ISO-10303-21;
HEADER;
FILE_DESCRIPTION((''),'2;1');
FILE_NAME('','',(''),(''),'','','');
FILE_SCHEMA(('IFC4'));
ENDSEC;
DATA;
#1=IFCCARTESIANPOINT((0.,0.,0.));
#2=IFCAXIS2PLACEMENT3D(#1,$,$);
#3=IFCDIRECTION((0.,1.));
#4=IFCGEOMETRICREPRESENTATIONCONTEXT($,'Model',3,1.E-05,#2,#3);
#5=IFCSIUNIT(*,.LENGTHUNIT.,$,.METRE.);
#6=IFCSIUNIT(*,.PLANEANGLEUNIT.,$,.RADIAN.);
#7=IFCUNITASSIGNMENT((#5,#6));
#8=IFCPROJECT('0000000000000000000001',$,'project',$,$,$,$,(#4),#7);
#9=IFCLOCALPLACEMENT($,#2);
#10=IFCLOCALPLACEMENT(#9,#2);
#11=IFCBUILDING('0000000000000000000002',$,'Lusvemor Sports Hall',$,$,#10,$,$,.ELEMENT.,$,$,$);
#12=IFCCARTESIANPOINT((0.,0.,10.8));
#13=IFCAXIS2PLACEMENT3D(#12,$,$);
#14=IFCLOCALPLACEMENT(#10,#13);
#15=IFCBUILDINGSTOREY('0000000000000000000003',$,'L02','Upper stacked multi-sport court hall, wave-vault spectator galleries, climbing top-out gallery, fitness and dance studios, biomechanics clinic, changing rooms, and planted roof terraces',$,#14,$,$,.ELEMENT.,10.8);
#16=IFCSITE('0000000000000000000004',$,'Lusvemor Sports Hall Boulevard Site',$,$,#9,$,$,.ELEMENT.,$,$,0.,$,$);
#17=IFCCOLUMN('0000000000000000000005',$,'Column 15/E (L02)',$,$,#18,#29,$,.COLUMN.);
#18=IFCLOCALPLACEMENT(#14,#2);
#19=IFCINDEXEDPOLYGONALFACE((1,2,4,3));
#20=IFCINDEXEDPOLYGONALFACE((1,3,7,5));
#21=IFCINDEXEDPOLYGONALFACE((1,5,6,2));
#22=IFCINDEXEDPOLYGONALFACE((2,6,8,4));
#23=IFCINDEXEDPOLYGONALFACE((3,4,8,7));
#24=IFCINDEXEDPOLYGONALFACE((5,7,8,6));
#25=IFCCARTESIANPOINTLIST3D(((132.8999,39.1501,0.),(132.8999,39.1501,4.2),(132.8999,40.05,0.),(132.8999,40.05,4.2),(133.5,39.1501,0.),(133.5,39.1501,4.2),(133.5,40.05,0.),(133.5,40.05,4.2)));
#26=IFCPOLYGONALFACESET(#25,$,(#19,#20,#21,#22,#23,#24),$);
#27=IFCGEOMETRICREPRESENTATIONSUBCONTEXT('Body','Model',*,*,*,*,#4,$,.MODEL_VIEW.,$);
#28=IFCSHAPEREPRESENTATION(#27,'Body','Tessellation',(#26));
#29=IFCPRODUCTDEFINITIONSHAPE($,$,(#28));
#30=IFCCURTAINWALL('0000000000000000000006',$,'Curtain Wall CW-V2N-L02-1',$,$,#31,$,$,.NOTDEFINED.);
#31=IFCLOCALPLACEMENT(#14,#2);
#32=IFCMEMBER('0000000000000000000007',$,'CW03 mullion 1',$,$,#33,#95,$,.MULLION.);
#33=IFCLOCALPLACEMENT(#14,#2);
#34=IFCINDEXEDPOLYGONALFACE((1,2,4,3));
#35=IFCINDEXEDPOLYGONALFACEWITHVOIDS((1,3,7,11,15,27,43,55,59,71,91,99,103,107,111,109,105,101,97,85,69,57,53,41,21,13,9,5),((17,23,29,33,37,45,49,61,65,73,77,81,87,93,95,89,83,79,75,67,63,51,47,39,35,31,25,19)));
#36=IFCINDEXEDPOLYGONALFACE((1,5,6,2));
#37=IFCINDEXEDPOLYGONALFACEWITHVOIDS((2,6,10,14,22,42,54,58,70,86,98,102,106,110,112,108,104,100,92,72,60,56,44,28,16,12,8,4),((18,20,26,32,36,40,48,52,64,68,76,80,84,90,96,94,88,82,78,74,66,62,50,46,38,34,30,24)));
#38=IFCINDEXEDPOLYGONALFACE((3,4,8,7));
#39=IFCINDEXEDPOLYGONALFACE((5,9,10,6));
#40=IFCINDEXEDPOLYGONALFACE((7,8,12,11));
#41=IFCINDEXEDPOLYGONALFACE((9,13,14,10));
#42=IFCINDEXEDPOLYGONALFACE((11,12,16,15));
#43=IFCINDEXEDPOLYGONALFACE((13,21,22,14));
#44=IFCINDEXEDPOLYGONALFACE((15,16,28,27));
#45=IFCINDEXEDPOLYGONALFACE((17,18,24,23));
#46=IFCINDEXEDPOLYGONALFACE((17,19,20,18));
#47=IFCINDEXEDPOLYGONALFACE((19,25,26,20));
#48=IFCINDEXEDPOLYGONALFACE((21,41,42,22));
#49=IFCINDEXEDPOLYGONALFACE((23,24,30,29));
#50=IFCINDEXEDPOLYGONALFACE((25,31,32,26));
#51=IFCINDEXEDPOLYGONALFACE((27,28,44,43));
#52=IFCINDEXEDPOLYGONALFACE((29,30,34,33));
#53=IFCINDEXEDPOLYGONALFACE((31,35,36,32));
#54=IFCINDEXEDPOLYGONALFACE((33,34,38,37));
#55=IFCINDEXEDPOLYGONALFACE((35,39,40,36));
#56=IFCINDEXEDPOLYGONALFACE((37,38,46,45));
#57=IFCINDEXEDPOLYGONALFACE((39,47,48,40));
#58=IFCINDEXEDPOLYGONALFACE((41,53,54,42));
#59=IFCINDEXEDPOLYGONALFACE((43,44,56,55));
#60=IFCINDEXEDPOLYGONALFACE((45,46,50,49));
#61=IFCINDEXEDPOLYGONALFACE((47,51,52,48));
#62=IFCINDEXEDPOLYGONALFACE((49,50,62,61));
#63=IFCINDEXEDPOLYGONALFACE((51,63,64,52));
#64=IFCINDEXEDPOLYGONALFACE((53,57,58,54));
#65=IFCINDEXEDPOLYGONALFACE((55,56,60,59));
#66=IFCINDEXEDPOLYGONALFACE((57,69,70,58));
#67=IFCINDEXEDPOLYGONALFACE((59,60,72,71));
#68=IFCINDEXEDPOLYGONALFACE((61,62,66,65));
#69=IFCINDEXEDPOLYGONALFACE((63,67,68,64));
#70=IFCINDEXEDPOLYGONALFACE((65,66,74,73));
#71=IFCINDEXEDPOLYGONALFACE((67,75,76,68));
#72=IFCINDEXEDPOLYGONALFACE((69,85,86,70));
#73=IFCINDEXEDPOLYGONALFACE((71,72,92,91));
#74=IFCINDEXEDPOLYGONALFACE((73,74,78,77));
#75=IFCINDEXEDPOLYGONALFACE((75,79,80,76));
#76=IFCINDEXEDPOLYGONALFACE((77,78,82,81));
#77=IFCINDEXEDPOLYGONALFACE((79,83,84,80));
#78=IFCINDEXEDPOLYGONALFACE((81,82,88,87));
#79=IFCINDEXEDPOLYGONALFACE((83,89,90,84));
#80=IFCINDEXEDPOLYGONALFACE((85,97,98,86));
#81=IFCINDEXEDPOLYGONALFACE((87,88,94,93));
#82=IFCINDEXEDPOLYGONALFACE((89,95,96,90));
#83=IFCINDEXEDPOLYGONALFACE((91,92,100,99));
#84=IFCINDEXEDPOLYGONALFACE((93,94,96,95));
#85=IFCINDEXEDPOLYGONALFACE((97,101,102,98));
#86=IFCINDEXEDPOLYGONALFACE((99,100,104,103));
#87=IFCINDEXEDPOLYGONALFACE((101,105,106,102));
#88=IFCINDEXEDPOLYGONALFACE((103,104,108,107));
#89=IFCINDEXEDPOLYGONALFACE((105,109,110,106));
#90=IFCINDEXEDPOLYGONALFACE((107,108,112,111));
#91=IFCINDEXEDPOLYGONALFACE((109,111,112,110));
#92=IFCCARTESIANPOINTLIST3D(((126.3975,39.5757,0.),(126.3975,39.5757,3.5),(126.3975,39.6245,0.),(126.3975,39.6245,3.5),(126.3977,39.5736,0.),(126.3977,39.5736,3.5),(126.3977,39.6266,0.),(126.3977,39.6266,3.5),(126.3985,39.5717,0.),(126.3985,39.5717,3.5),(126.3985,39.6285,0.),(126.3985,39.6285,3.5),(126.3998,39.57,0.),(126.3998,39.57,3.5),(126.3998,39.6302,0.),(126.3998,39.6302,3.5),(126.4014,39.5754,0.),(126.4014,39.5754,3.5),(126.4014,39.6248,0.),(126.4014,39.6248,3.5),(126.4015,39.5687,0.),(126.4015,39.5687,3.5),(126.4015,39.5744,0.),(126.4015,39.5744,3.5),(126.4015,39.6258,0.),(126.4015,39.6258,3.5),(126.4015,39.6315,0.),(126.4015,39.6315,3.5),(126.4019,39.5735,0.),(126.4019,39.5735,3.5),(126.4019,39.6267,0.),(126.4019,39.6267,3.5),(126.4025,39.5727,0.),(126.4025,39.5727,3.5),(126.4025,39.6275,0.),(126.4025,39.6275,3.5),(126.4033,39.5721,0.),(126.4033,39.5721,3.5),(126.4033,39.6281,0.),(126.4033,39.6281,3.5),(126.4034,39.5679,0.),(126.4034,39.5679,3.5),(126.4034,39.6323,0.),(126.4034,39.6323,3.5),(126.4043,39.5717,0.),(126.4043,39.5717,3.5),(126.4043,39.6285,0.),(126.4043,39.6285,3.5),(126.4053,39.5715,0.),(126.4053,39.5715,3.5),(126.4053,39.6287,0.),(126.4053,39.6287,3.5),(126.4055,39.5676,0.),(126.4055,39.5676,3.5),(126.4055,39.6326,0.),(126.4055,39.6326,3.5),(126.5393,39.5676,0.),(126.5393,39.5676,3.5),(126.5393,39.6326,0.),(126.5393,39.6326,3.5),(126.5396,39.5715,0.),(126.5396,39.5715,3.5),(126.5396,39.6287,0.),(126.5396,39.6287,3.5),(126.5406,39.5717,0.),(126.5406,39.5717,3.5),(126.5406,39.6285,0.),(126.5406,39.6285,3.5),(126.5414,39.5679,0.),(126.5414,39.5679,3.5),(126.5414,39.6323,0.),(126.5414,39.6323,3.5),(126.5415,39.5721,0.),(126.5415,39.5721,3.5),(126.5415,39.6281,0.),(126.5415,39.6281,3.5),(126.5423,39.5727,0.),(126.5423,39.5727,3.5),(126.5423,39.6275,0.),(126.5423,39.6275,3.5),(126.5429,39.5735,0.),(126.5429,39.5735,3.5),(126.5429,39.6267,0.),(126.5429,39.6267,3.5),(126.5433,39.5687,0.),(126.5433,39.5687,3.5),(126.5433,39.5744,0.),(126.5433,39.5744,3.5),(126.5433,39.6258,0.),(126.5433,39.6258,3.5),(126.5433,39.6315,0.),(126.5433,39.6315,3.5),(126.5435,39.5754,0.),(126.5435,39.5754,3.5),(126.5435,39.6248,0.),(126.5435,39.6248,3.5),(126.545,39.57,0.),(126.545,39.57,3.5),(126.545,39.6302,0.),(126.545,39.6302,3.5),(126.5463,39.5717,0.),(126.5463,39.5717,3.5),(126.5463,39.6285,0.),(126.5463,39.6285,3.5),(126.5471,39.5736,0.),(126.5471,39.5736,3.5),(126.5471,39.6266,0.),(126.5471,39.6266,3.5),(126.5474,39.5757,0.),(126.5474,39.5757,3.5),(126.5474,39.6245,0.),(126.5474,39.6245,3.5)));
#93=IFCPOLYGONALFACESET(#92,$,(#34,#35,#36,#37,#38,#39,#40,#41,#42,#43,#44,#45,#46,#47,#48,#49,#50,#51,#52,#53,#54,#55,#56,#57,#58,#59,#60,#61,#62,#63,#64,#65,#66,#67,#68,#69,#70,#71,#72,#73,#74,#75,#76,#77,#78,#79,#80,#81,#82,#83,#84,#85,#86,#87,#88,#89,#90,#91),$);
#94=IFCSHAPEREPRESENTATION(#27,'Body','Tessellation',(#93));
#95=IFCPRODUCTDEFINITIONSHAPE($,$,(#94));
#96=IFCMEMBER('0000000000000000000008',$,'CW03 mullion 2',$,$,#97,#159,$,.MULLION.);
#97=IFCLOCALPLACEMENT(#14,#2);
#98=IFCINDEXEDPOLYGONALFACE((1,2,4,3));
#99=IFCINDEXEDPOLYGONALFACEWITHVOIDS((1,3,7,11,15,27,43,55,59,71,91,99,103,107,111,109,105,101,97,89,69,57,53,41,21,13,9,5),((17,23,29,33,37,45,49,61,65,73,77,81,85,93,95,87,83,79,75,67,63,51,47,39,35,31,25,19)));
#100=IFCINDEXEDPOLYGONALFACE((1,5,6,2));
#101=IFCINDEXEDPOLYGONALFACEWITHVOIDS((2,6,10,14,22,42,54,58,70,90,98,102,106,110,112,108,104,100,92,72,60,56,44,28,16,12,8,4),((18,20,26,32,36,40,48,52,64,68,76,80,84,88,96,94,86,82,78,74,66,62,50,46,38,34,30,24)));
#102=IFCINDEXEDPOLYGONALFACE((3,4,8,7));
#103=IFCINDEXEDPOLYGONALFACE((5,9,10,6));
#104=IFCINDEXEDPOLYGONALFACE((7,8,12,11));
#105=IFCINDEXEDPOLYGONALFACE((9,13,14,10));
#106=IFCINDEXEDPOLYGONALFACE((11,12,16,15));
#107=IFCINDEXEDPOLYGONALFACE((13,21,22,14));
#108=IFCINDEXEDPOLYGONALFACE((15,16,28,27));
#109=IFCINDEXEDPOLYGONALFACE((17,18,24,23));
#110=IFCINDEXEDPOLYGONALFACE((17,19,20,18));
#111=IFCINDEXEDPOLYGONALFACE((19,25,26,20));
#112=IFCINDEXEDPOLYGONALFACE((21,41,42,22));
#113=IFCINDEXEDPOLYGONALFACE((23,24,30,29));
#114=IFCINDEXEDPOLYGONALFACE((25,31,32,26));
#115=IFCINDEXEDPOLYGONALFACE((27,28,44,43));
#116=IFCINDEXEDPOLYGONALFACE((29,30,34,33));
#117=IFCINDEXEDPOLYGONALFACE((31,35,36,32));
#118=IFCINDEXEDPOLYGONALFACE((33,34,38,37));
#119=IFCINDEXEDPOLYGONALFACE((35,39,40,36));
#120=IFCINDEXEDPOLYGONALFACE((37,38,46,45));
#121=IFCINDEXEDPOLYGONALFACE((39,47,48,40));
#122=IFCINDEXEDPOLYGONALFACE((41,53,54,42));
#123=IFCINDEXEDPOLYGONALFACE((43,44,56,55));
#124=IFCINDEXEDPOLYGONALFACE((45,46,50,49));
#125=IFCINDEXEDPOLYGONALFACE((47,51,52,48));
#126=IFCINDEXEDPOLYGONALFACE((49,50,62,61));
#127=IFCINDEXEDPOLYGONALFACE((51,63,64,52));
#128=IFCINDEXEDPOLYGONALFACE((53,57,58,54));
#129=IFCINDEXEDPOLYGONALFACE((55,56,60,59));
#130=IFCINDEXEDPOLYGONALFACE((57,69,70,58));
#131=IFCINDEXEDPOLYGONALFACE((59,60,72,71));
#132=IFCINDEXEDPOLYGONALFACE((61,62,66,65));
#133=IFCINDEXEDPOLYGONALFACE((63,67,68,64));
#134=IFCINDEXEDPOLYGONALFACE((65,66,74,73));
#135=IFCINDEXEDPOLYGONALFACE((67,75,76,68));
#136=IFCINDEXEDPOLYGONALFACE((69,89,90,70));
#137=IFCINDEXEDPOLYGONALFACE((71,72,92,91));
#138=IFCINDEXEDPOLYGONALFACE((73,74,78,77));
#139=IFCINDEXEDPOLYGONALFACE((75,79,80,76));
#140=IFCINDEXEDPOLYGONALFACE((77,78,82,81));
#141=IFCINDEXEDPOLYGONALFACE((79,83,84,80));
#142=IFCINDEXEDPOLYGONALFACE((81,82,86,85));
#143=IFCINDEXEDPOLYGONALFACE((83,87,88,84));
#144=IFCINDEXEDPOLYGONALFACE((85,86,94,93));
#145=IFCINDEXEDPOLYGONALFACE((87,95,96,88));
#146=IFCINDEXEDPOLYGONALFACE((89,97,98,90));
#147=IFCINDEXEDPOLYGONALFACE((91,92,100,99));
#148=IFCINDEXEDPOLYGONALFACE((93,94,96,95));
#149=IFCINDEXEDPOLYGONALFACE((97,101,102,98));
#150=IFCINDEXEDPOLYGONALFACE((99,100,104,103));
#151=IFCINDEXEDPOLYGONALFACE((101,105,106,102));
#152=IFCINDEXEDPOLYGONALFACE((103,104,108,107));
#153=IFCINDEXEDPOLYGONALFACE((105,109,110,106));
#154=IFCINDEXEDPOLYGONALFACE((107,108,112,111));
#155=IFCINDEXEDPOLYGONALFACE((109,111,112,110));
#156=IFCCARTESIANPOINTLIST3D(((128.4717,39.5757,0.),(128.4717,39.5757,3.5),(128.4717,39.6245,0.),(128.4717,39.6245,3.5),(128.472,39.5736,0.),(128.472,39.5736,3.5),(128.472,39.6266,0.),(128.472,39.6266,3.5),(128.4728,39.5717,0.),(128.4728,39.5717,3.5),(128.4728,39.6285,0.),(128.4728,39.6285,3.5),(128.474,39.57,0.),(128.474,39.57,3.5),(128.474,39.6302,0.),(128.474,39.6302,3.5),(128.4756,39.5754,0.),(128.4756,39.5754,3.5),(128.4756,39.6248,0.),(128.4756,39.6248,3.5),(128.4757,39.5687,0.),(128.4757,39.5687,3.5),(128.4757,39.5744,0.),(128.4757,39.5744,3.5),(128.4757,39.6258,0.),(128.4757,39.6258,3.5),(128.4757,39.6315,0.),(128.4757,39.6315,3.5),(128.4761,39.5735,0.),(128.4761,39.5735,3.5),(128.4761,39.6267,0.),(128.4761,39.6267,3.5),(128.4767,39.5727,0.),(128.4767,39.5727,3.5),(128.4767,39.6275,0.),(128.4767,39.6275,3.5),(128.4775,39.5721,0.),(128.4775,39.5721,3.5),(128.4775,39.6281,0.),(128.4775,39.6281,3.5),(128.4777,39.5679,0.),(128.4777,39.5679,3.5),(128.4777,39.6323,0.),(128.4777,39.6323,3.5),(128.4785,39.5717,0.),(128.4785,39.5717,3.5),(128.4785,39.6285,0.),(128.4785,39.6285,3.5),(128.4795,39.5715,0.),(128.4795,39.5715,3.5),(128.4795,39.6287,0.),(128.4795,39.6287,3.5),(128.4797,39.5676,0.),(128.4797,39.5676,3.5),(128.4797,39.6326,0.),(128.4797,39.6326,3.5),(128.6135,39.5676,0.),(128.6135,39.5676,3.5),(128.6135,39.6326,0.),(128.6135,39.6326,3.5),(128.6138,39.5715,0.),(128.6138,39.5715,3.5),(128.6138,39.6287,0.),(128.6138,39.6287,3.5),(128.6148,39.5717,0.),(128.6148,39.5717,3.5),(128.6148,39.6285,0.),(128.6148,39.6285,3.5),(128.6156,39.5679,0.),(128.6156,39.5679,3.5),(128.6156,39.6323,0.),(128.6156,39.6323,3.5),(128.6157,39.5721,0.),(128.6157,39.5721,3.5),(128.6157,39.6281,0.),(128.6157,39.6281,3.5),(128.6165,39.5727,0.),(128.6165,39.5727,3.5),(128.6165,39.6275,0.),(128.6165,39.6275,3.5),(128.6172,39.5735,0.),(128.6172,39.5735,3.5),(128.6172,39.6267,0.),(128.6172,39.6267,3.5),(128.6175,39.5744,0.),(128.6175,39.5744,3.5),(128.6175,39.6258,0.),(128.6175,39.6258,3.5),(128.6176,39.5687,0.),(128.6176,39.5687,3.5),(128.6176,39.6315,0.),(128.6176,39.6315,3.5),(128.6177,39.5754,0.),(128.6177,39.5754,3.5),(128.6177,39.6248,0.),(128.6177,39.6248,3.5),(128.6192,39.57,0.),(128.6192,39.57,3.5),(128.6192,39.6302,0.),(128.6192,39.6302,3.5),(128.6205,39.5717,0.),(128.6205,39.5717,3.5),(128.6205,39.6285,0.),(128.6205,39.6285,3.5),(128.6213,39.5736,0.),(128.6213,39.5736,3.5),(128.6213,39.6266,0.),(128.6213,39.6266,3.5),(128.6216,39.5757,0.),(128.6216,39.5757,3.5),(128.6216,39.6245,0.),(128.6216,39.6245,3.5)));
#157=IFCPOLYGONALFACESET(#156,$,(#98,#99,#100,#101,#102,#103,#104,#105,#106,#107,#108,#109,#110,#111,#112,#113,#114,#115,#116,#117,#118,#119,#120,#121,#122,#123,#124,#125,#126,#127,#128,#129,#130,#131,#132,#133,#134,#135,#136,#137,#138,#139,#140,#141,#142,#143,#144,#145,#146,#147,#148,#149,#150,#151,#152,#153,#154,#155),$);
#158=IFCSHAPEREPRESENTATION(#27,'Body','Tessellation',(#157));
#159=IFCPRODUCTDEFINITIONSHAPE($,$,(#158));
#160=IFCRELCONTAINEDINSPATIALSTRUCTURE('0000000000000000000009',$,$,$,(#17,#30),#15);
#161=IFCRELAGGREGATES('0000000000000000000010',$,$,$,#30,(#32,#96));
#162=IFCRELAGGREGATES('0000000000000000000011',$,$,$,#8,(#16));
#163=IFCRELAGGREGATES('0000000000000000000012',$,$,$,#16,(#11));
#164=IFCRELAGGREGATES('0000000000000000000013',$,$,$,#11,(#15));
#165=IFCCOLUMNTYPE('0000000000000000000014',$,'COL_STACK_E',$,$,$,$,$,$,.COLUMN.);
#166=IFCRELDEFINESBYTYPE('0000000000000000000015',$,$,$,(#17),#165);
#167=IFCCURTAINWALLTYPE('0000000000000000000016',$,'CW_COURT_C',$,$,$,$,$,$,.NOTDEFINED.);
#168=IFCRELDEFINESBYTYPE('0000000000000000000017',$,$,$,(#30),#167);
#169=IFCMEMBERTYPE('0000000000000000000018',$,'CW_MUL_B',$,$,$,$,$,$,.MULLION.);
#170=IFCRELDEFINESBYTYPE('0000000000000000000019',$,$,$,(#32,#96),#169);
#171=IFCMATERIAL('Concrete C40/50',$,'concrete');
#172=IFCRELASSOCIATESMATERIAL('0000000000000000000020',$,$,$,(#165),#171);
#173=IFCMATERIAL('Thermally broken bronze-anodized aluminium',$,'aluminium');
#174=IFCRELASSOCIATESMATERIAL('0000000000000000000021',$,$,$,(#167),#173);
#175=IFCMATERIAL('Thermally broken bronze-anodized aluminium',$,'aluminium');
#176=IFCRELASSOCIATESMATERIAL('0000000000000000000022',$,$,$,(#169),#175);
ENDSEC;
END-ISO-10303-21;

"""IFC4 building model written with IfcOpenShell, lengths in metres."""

from ifc_helpers import new_model, si_unit, direction, frame, origin, origin_2d, place, context, subcontext, project, spatial, rectangle, hollow_rectangle, extrude, material, material_profile, profile_set, type_object, element, aggregate, save


model = new_model("IFC4")

# Units and contexts
model_context = context("Model", 3, precision=1e-05, world=origin(), true_north=direction((0.0, 1.0)))
body_context = subcontext(model_context, "Body", "Model", "MODEL_VIEW")
ifc_project = project(units=[si_unit("LENGTHUNIT", "METRE"), si_unit("PLANEANGLEUNIT", "RADIAN")], contexts=[model_context])

# Site, building, storey
site_placement = place(None, origin())
site = spatial("IfcSite", under=ifc_project, at=site_placement, Name="Lusvemor Sports Hall Boulevard Site", CompositionType="ELEMENT", RefElevation=0.0)
building_placement = place(site_placement, origin())
building = spatial("IfcBuilding", under=site, at=building_placement, Name="Lusvemor Sports Hall", CompositionType="ELEMENT")
storey_placement = place(building_placement, frame((0.0, 0.0, 10.8)))
storey = spatial("IfcBuildingStorey", under=building, at=storey_placement, Name="L02", Description="Upper stacked multi-sport court hall, wave-vault spectator galleries, climbing top-out gallery, fitness and dance studios, biomechanics clinic, changing rooms, and planted roof terraces", CompositionType="ELEMENT", Elevation=10.8)

# Column
ifc_material_1 = material(Name="Concrete C40/50", Category="concrete")
ifc_material_profile_1 = material_profile(ifc_material_1, rectangle(XDim=0.6001, YDim=0.8999, at=origin_2d()), Name="RC600x900")
ifc_profile_set_1 = profile_set([ifc_material_profile_1], Name="Concrete C40/50")
column_type = type_object("IfcColumnType", Name="COL_STACK_E", PredefinedType="COLUMN", material=ifc_profile_set_1)
column_placement = place(storey_placement, frame((133.2, 39.6001, 0.0), z_axis=(0.0, 0.0, 1.0), x_axis=(1.0, 0.0, 0.0)))
element("IfcColumn", 1, at=column_placement, inside=storey, type_object=column_type, Name="Column 15/E (L02)", PredefinedType="COLUMN", context=body_context, shape_type="SweptSolid", body=[
    extrude(rectangle(XDim=0.6001, YDim=0.8999, at=origin_2d()), origin(), (0.0, 0.0, 1.0), 4.2),
])

# Curtain wall, members
ifc_material_2 = material(Name="Thermally broken bronze-anodized aluminium", Category="aluminium")
curtain_wall_type_1 = type_object("IfcCurtainWallType", Name="CW_COURT_C", PredefinedType="NOTDEFINED", material=ifc_material_2)
curtain_wall_1_placement = place(storey_placement, origin())
curtain_wall_1 = element("IfcCurtainWall", 2, at=curtain_wall_1_placement, inside=storey, type_object=curtain_wall_type_1, Name="Curtain Wall CW-V2N-L02-1", PredefinedType="NOTDEFINED")
ifc_material_3 = material(Name="Thermally broken bronze-anodized aluminium", Category="aluminium")
ifc_material_profile_2 = material_profile(ifc_material_3, hollow_rectangle(XDim=0.0649, YDim=0.1499, WallThickness=0.0039, InnerFilletRadius=0.0039, OuterFilletRadius=0.0081, at=origin_2d()), Name="CWMUL150x65x4")
ifc_profile_set_2 = profile_set([ifc_material_profile_2], Name="Thermally broken bronze-anodized aluminium")
member_type_1 = type_object("IfcMemberType", Name="CW_MUL_B", PredefinedType="MULLION", material=ifc_profile_set_2)
member_1_placement = place(storey_placement, frame((126.4724, 39.6001, 0.0), z_axis=(0.0, 0.0, 1.0), x_axis=(0.0, 1.0, 0.0)))
member_1 = element("IfcMember", 3, at=member_1_placement, type_object=member_type_1, Name="CW03 mullion 1", PredefinedType="MULLION", context=body_context, shape_type="SweptSolid", body=[
    extrude(hollow_rectangle(XDim=0.0649, YDim=0.1499, WallThickness=0.0039, InnerFilletRadius=0.0039, OuterFilletRadius=0.0081, at=origin_2d()), origin(), (0.0, 0.0, 1.0), 3.5),
])
member_2_placement = place(storey_placement, frame((128.5466, 39.6001, 0.0), z_axis=(0.0, 0.0, 1.0), x_axis=(0.0, 1.0, 0.0)))
member_2 = element("IfcMember", 4, at=member_2_placement, type_object=member_type_1, Name="CW03 mullion 2", PredefinedType="MULLION", context=body_context, shape_type="SweptSolid", body=[
    extrude(hollow_rectangle(XDim=0.0649, YDim=0.1499, WallThickness=0.0039, InnerFilletRadius=0.0039, OuterFilletRadius=0.0081, at=origin_2d()), origin(), (0.0, 0.0, 1.0), 3.5),
])

aggregate(curtain_wall_1, [member_1, member_2])

save(model, "model.ifc")
